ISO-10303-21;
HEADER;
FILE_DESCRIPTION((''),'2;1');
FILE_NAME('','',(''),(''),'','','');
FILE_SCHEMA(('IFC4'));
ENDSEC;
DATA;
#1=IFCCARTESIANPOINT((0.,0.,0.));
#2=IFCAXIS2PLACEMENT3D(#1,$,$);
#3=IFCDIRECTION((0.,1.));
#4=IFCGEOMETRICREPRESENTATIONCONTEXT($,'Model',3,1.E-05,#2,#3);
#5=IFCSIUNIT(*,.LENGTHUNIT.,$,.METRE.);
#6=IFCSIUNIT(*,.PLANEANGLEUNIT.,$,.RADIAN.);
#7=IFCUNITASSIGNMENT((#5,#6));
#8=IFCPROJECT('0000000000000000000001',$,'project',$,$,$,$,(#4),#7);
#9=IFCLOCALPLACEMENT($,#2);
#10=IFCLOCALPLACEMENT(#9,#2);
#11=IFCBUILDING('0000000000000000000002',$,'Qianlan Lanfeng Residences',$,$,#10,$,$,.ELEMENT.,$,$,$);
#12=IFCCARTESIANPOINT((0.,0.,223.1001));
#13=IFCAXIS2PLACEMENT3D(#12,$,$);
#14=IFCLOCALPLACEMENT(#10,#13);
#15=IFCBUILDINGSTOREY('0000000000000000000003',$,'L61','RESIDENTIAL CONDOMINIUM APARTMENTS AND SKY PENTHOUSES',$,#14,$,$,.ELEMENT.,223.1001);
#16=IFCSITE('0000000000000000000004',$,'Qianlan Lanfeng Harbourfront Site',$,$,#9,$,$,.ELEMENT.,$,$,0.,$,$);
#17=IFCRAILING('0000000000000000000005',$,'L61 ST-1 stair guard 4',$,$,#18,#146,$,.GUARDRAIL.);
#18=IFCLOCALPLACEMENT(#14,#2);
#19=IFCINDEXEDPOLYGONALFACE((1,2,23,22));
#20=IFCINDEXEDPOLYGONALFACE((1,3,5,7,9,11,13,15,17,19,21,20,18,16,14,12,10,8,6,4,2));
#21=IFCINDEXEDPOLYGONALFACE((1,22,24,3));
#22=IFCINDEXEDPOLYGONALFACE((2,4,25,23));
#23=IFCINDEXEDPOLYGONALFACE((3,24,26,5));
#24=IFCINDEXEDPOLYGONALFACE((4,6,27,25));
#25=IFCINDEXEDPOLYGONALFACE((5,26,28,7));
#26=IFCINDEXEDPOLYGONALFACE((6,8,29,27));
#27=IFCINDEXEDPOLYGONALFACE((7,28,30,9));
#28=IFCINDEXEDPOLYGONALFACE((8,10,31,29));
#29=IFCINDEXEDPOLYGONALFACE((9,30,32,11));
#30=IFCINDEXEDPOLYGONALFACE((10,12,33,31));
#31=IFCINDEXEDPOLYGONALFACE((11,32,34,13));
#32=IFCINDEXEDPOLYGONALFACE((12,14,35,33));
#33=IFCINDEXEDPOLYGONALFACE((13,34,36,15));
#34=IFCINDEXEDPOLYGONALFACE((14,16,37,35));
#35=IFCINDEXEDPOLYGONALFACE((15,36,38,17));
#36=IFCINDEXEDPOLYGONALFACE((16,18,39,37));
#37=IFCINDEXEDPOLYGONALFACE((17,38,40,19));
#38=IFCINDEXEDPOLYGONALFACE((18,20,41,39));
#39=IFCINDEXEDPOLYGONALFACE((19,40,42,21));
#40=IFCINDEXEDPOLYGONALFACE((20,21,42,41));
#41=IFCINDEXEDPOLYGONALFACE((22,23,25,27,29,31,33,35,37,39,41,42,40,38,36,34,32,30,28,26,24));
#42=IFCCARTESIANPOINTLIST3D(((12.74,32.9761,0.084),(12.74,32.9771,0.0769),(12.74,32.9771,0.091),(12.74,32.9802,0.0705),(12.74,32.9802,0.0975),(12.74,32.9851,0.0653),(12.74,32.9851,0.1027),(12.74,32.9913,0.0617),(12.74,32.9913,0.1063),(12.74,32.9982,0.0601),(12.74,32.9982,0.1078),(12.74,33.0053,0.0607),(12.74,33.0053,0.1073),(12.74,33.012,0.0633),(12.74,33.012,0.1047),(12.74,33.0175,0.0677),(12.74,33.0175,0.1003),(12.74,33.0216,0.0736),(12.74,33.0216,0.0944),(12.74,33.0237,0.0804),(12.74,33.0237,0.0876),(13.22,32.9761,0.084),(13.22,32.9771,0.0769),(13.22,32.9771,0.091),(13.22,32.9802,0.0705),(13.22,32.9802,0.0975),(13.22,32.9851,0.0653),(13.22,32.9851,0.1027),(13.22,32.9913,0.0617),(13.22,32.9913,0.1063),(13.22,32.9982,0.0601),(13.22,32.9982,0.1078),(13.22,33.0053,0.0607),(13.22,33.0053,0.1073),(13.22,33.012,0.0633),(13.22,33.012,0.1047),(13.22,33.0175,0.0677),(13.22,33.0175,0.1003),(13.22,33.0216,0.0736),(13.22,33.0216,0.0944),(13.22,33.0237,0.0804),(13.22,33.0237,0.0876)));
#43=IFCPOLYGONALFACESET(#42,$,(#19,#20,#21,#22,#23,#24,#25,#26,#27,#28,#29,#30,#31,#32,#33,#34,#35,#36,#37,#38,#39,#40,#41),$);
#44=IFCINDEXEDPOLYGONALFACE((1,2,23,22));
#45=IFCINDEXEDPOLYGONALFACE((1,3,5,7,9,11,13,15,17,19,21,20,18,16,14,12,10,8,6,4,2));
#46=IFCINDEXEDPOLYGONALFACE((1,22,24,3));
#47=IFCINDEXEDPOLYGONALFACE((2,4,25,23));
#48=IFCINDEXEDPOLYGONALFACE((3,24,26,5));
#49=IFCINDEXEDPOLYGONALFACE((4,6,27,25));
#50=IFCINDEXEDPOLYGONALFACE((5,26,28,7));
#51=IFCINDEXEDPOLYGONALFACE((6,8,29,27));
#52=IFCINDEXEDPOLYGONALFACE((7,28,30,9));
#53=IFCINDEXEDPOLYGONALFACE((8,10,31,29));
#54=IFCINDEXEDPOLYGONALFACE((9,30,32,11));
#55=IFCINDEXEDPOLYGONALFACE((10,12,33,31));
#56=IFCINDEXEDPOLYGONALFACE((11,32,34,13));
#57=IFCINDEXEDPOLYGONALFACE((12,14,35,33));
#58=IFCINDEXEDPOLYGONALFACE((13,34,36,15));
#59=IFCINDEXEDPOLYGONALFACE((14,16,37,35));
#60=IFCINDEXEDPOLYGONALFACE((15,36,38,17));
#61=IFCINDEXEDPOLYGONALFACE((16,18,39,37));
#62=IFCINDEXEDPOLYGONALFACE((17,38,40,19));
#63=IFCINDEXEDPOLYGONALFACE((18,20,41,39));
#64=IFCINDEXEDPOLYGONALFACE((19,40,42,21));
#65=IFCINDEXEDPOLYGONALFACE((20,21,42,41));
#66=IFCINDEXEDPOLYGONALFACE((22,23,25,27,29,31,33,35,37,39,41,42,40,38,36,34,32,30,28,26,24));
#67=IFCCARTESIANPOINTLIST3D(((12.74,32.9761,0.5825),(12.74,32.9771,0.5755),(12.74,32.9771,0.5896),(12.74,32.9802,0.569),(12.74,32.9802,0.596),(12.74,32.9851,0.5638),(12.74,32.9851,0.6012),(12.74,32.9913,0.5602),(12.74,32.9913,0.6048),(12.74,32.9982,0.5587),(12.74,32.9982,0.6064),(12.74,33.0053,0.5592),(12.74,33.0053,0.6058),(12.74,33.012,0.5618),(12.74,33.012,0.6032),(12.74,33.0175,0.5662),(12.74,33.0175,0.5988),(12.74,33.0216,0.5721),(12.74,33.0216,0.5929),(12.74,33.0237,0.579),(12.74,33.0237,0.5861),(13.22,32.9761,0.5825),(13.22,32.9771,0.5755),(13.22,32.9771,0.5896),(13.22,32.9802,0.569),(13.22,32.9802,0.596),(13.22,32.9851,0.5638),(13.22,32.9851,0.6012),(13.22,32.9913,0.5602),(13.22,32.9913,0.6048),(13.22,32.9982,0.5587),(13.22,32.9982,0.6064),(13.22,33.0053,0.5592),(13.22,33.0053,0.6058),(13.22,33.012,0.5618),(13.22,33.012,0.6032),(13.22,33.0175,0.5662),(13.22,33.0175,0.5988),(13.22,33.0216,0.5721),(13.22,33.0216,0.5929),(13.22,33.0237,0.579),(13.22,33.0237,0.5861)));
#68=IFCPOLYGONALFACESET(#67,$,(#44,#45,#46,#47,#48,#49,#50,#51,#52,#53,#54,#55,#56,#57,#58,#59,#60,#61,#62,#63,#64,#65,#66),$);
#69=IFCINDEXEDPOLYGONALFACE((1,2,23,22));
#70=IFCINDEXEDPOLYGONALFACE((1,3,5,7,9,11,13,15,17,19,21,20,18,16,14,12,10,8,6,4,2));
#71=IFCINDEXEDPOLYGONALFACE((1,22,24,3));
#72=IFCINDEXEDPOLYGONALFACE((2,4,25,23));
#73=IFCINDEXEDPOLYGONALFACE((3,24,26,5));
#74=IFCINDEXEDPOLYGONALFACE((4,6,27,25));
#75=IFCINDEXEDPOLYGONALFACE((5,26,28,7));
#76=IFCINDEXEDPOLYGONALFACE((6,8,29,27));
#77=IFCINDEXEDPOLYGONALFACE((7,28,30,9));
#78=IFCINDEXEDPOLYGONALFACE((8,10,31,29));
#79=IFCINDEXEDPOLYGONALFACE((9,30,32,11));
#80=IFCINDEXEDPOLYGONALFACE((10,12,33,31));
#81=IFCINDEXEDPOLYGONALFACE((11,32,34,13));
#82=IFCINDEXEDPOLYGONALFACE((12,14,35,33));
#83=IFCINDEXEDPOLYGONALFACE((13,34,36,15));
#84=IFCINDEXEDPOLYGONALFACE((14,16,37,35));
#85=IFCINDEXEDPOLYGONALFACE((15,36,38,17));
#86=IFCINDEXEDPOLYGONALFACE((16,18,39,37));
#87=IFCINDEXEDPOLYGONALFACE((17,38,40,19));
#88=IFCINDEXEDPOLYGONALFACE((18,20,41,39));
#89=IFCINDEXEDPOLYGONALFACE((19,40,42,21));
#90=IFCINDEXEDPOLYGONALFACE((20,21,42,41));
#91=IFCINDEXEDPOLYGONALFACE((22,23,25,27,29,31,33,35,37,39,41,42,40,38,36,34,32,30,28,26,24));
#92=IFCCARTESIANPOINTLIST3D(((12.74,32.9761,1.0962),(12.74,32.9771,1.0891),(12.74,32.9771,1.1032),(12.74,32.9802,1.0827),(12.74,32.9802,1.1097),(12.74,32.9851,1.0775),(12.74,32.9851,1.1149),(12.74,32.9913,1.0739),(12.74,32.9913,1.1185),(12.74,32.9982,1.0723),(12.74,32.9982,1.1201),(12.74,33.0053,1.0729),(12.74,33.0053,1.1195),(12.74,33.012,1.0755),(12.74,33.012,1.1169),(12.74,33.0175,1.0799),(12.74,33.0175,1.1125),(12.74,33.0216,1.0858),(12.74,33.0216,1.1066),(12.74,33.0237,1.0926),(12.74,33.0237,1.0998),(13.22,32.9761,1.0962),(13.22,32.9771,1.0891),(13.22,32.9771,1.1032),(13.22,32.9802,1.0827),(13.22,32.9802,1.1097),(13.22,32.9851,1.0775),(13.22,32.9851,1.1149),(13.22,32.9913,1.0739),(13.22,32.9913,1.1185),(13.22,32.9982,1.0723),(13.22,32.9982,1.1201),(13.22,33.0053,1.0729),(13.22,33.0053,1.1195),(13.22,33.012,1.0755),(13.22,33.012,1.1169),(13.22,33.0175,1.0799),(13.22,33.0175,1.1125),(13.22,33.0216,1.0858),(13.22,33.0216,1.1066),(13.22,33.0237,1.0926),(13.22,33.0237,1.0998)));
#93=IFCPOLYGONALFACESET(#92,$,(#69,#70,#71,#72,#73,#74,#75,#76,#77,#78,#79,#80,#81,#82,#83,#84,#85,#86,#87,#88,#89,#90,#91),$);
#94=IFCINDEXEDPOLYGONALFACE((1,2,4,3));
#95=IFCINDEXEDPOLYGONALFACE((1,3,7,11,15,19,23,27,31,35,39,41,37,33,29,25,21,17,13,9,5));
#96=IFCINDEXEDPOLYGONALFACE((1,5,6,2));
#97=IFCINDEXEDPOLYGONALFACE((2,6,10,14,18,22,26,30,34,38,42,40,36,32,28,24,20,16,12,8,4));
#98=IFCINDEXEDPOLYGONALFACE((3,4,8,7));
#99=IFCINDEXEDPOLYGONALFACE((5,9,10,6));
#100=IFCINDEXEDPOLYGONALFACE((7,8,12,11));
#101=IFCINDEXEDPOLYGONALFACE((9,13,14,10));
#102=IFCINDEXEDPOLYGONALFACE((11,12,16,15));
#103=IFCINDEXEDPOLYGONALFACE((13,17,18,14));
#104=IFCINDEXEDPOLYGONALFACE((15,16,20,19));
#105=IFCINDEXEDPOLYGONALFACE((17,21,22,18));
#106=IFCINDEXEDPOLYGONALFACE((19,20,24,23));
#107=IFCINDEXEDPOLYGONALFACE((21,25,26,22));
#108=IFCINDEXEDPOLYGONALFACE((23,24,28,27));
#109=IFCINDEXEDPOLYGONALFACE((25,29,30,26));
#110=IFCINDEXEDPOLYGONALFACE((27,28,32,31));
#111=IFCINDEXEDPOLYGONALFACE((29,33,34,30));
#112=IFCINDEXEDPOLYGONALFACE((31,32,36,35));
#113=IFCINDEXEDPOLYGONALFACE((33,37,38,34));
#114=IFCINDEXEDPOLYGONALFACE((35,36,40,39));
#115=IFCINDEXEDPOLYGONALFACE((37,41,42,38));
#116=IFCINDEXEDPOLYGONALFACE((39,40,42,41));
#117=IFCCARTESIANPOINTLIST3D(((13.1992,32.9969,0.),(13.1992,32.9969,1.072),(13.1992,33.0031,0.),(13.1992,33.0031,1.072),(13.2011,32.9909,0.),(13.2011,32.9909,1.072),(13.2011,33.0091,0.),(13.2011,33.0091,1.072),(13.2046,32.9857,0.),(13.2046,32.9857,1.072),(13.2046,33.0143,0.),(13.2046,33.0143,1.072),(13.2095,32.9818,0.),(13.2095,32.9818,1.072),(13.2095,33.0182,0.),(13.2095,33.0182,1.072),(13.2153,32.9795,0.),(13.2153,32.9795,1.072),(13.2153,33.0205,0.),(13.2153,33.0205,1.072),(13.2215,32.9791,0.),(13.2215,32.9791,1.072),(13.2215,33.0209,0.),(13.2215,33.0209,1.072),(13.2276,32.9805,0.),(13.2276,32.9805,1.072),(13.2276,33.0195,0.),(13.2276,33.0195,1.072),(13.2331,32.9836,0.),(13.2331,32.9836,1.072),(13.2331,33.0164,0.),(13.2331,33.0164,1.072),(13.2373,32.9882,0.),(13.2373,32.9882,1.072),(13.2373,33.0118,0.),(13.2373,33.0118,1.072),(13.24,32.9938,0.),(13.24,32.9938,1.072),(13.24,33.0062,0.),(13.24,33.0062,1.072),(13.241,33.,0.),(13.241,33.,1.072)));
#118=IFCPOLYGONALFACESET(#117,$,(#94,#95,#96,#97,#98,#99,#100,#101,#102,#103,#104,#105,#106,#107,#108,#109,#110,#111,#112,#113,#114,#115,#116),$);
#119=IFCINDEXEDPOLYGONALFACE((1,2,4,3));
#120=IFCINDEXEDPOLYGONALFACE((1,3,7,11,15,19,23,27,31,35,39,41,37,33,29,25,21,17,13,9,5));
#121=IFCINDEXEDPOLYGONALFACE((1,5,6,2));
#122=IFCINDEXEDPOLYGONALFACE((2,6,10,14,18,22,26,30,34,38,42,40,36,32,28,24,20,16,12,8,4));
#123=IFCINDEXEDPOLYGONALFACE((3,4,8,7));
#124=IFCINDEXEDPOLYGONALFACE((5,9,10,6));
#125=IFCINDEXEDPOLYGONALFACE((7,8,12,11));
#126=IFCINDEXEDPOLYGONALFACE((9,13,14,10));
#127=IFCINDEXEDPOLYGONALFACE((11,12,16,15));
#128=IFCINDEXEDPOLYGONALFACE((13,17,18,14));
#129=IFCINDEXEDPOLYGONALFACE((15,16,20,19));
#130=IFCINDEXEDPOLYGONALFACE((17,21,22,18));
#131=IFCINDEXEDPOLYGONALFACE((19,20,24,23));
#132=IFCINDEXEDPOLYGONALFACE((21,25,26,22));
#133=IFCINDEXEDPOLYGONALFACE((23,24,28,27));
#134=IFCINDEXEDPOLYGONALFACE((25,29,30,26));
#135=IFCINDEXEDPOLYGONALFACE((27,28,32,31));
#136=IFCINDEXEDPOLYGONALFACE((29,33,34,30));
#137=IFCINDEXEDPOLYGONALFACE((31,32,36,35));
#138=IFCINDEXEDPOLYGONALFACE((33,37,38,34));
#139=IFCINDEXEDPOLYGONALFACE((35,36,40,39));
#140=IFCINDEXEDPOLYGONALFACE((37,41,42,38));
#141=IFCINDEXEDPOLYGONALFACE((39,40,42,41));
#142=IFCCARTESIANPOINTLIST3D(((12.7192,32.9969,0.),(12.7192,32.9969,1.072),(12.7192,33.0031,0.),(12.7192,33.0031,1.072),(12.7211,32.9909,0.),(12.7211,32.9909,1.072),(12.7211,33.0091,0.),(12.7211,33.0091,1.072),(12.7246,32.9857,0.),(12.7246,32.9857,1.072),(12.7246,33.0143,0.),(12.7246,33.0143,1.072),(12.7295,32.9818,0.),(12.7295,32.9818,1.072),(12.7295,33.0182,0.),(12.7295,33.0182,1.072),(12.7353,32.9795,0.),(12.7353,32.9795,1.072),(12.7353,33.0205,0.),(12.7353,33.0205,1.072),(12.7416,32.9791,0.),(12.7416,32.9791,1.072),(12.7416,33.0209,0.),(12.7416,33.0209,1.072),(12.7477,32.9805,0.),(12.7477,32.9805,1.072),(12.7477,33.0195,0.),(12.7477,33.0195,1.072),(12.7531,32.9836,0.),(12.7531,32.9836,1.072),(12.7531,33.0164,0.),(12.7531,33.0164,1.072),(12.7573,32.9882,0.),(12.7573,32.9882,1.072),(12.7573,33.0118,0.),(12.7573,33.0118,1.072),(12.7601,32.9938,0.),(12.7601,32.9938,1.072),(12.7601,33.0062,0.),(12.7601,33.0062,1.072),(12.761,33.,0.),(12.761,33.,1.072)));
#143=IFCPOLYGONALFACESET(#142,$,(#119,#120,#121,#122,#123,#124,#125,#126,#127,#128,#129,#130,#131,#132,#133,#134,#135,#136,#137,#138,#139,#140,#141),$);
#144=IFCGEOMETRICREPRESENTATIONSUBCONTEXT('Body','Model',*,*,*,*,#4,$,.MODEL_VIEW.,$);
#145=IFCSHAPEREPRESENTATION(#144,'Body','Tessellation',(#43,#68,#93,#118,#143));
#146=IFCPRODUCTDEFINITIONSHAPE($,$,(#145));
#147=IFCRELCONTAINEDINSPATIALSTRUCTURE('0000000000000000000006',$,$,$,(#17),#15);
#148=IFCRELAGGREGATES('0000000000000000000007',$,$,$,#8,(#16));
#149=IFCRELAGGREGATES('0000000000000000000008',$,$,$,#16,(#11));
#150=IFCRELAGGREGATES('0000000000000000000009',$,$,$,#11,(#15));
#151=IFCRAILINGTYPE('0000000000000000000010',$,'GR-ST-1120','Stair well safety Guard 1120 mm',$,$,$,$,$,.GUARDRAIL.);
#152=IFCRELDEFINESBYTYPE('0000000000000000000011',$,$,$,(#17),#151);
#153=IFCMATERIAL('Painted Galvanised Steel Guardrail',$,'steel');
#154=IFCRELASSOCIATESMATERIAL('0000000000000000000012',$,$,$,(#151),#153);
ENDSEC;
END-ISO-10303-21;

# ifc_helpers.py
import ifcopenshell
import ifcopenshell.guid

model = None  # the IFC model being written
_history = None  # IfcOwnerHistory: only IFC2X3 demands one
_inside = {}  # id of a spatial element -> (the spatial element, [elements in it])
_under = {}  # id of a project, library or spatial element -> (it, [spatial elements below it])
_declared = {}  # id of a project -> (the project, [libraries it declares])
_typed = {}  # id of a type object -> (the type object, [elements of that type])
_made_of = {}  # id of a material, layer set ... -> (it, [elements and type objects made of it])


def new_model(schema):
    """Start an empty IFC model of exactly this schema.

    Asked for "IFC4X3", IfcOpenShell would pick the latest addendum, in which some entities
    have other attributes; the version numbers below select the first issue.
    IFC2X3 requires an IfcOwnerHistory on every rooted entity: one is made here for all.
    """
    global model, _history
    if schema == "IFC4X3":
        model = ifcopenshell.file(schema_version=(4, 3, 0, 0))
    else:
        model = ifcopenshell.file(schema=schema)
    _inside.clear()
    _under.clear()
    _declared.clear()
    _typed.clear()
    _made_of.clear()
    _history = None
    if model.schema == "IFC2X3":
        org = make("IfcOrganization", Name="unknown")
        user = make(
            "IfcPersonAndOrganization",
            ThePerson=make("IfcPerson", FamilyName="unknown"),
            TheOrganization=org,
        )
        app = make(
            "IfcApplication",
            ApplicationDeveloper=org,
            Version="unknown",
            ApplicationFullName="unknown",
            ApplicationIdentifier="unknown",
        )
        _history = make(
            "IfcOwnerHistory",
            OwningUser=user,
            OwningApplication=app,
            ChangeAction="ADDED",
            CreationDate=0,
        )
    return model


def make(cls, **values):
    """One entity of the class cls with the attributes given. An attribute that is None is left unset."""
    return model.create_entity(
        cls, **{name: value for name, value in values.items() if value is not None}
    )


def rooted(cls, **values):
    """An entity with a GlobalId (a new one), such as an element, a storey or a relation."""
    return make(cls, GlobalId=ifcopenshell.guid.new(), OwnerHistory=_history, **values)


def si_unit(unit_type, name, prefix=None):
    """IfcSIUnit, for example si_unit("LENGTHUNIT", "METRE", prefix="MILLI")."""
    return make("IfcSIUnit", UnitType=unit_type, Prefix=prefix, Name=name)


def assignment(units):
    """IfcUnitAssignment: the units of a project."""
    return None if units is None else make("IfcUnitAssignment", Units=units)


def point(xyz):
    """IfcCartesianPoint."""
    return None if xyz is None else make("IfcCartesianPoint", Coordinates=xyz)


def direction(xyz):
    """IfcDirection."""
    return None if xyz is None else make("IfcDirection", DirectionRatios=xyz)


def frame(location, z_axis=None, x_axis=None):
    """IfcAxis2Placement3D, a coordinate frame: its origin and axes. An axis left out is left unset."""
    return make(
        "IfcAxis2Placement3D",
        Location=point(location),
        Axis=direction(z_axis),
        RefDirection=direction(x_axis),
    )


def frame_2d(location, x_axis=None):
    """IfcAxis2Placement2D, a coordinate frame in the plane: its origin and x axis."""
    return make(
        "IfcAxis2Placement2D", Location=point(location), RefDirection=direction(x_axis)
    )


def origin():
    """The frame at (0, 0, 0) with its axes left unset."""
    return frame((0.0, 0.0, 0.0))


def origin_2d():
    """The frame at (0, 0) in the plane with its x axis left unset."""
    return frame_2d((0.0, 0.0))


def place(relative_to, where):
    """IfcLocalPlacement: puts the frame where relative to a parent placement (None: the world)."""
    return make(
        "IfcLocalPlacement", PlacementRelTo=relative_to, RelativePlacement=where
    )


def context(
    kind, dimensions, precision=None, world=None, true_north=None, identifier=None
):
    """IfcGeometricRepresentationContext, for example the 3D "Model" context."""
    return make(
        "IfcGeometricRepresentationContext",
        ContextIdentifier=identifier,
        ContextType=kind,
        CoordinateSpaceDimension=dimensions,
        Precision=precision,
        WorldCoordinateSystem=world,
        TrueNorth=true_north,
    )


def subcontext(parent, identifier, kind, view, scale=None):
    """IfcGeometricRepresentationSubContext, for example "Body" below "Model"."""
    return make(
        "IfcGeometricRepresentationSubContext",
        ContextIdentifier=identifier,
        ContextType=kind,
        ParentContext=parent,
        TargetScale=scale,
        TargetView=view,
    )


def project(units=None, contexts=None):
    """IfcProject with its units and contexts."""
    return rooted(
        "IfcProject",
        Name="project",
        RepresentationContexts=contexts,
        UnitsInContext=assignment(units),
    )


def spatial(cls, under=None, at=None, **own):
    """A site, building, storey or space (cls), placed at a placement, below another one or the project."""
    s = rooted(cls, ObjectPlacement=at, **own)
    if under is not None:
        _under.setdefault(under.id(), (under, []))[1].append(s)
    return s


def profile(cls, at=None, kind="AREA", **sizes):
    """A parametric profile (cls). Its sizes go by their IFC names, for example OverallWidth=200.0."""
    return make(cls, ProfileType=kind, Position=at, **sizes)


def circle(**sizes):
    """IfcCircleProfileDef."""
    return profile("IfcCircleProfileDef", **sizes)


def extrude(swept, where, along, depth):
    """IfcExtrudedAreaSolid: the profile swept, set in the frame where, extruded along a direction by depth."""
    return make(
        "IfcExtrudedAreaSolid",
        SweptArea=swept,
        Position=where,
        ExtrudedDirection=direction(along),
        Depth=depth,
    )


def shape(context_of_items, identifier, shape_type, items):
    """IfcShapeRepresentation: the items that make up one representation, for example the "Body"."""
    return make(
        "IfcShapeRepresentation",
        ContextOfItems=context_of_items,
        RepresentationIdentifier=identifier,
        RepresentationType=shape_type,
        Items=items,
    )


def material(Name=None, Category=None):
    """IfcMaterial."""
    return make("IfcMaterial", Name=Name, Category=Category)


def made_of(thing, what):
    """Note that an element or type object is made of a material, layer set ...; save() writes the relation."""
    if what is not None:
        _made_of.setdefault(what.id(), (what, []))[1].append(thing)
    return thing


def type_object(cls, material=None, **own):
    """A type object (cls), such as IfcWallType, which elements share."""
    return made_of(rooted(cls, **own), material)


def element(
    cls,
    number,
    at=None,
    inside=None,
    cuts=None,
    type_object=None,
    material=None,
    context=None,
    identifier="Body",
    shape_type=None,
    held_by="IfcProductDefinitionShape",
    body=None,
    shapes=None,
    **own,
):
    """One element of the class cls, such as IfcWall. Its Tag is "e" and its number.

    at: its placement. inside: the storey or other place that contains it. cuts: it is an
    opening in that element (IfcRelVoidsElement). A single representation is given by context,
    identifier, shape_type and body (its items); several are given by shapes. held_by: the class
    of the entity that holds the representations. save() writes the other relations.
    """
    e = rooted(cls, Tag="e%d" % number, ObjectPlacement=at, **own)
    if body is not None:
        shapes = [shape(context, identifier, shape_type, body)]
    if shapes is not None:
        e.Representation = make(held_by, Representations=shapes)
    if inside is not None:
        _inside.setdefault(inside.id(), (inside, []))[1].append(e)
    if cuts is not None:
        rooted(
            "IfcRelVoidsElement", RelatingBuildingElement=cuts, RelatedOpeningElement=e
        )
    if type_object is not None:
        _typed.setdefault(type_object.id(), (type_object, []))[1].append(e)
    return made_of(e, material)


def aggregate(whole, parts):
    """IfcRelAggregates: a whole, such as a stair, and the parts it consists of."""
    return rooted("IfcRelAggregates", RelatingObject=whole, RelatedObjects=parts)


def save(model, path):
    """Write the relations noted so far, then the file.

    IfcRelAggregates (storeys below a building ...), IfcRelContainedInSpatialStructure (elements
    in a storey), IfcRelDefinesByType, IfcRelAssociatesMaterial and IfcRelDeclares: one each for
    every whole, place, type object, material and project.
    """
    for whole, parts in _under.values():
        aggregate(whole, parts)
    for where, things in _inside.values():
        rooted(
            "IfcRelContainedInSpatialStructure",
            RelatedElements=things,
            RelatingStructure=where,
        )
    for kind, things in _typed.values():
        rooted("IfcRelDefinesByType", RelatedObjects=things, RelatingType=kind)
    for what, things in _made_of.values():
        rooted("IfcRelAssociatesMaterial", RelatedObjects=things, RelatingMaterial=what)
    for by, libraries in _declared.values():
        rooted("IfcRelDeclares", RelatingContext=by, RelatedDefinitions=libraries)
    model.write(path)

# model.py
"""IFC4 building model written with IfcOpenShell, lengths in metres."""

from ifc_helpers import new_model, si_unit, direction, frame, origin, origin_2d, place, context, subcontext, project, spatial, circle, extrude, material, type_object, element, save


model = new_model("IFC4")

# Units and contexts
model_context = context("Model", 3, precision=1e-05, world=origin(), true_north=direction((0.0, 1.0)))
body_context = subcontext(model_context, "Body", "Model", "MODEL_VIEW")
ifc_project = project(units=[si_unit("LENGTHUNIT", "METRE"), si_unit("PLANEANGLEUNIT", "RADIAN")], contexts=[model_context])

# Site, building, storey
site_placement = place(None, origin())
site = spatial("IfcSite", under=ifc_project, at=site_placement, Name="Qianlan Lanfeng Harbourfront Site", CompositionType="ELEMENT", RefElevation=0.0)
building_placement = place(site_placement, origin())
building = spatial("IfcBuilding", under=site, at=building_placement, Name="Qianlan Lanfeng Residences", CompositionType="ELEMENT")
storey_placement = place(building_placement, frame((0.0, 0.0, 223.1001)))
storey = spatial("IfcBuildingStorey", under=building, at=storey_placement, Name="L61", Description="RESIDENTIAL CONDOMINIUM APARTMENTS AND SKY PENTHOUSES", CompositionType="ELEMENT", Elevation=223.1001)

# Railing
ifc_material_1 = material(Name="Painted Galvanised Steel Guardrail", Category="steel")
railing_type_1 = type_object("IfcRailingType", Name="GR-ST-1120", Description="Stair well safety Guard 1120 mm", PredefinedType="GUARDRAIL", material=ifc_material_1)
railing_1_placement = place(storey_placement, frame((13.22, 33.0, 0.0)))
element("IfcRailing", 1, at=railing_1_placement, inside=storey, type_object=railing_type_1, Name="L61 ST-1 stair guard 4", PredefinedType="GUARDRAIL", context=body_context, shape_type="SweptSolid", body=[
    extrude(circle(Radius=0.0239, at=origin_2d()), frame((0.0, 0.0, 0.084), z_axis=(-1.0, 0.0, 0.0), x_axis=(0.0, -1.0, 0.0)), (0.0, 0.0, 1.0), 0.48),
    extrude(circle(Radius=0.0239, at=origin_2d()), frame((0.0, 0.0, 0.5825), z_axis=(-1.0, 0.0, 0.0), x_axis=(0.0, -1.0, 0.0)), (0.0, 0.0, 1.0), 0.48),
    extrude(circle(Radius=0.0239, at=origin_2d()), frame((0.0, 0.0, 1.0962), z_axis=(-1.0, 0.0, 0.0), x_axis=(0.0, -1.0, 0.0)), (0.0, 0.0, 1.0), 0.48),
    extrude(circle(Radius=0.021, at=origin_2d()), origin(), (0.0, 0.0, 1.0), 1.072),
    extrude(circle(Radius=0.021, at=origin_2d()), frame((-0.48, 0.0, 0.0)), (0.0, 0.0, 1.0), 1.072),
])

save(model, "model.ifc")
